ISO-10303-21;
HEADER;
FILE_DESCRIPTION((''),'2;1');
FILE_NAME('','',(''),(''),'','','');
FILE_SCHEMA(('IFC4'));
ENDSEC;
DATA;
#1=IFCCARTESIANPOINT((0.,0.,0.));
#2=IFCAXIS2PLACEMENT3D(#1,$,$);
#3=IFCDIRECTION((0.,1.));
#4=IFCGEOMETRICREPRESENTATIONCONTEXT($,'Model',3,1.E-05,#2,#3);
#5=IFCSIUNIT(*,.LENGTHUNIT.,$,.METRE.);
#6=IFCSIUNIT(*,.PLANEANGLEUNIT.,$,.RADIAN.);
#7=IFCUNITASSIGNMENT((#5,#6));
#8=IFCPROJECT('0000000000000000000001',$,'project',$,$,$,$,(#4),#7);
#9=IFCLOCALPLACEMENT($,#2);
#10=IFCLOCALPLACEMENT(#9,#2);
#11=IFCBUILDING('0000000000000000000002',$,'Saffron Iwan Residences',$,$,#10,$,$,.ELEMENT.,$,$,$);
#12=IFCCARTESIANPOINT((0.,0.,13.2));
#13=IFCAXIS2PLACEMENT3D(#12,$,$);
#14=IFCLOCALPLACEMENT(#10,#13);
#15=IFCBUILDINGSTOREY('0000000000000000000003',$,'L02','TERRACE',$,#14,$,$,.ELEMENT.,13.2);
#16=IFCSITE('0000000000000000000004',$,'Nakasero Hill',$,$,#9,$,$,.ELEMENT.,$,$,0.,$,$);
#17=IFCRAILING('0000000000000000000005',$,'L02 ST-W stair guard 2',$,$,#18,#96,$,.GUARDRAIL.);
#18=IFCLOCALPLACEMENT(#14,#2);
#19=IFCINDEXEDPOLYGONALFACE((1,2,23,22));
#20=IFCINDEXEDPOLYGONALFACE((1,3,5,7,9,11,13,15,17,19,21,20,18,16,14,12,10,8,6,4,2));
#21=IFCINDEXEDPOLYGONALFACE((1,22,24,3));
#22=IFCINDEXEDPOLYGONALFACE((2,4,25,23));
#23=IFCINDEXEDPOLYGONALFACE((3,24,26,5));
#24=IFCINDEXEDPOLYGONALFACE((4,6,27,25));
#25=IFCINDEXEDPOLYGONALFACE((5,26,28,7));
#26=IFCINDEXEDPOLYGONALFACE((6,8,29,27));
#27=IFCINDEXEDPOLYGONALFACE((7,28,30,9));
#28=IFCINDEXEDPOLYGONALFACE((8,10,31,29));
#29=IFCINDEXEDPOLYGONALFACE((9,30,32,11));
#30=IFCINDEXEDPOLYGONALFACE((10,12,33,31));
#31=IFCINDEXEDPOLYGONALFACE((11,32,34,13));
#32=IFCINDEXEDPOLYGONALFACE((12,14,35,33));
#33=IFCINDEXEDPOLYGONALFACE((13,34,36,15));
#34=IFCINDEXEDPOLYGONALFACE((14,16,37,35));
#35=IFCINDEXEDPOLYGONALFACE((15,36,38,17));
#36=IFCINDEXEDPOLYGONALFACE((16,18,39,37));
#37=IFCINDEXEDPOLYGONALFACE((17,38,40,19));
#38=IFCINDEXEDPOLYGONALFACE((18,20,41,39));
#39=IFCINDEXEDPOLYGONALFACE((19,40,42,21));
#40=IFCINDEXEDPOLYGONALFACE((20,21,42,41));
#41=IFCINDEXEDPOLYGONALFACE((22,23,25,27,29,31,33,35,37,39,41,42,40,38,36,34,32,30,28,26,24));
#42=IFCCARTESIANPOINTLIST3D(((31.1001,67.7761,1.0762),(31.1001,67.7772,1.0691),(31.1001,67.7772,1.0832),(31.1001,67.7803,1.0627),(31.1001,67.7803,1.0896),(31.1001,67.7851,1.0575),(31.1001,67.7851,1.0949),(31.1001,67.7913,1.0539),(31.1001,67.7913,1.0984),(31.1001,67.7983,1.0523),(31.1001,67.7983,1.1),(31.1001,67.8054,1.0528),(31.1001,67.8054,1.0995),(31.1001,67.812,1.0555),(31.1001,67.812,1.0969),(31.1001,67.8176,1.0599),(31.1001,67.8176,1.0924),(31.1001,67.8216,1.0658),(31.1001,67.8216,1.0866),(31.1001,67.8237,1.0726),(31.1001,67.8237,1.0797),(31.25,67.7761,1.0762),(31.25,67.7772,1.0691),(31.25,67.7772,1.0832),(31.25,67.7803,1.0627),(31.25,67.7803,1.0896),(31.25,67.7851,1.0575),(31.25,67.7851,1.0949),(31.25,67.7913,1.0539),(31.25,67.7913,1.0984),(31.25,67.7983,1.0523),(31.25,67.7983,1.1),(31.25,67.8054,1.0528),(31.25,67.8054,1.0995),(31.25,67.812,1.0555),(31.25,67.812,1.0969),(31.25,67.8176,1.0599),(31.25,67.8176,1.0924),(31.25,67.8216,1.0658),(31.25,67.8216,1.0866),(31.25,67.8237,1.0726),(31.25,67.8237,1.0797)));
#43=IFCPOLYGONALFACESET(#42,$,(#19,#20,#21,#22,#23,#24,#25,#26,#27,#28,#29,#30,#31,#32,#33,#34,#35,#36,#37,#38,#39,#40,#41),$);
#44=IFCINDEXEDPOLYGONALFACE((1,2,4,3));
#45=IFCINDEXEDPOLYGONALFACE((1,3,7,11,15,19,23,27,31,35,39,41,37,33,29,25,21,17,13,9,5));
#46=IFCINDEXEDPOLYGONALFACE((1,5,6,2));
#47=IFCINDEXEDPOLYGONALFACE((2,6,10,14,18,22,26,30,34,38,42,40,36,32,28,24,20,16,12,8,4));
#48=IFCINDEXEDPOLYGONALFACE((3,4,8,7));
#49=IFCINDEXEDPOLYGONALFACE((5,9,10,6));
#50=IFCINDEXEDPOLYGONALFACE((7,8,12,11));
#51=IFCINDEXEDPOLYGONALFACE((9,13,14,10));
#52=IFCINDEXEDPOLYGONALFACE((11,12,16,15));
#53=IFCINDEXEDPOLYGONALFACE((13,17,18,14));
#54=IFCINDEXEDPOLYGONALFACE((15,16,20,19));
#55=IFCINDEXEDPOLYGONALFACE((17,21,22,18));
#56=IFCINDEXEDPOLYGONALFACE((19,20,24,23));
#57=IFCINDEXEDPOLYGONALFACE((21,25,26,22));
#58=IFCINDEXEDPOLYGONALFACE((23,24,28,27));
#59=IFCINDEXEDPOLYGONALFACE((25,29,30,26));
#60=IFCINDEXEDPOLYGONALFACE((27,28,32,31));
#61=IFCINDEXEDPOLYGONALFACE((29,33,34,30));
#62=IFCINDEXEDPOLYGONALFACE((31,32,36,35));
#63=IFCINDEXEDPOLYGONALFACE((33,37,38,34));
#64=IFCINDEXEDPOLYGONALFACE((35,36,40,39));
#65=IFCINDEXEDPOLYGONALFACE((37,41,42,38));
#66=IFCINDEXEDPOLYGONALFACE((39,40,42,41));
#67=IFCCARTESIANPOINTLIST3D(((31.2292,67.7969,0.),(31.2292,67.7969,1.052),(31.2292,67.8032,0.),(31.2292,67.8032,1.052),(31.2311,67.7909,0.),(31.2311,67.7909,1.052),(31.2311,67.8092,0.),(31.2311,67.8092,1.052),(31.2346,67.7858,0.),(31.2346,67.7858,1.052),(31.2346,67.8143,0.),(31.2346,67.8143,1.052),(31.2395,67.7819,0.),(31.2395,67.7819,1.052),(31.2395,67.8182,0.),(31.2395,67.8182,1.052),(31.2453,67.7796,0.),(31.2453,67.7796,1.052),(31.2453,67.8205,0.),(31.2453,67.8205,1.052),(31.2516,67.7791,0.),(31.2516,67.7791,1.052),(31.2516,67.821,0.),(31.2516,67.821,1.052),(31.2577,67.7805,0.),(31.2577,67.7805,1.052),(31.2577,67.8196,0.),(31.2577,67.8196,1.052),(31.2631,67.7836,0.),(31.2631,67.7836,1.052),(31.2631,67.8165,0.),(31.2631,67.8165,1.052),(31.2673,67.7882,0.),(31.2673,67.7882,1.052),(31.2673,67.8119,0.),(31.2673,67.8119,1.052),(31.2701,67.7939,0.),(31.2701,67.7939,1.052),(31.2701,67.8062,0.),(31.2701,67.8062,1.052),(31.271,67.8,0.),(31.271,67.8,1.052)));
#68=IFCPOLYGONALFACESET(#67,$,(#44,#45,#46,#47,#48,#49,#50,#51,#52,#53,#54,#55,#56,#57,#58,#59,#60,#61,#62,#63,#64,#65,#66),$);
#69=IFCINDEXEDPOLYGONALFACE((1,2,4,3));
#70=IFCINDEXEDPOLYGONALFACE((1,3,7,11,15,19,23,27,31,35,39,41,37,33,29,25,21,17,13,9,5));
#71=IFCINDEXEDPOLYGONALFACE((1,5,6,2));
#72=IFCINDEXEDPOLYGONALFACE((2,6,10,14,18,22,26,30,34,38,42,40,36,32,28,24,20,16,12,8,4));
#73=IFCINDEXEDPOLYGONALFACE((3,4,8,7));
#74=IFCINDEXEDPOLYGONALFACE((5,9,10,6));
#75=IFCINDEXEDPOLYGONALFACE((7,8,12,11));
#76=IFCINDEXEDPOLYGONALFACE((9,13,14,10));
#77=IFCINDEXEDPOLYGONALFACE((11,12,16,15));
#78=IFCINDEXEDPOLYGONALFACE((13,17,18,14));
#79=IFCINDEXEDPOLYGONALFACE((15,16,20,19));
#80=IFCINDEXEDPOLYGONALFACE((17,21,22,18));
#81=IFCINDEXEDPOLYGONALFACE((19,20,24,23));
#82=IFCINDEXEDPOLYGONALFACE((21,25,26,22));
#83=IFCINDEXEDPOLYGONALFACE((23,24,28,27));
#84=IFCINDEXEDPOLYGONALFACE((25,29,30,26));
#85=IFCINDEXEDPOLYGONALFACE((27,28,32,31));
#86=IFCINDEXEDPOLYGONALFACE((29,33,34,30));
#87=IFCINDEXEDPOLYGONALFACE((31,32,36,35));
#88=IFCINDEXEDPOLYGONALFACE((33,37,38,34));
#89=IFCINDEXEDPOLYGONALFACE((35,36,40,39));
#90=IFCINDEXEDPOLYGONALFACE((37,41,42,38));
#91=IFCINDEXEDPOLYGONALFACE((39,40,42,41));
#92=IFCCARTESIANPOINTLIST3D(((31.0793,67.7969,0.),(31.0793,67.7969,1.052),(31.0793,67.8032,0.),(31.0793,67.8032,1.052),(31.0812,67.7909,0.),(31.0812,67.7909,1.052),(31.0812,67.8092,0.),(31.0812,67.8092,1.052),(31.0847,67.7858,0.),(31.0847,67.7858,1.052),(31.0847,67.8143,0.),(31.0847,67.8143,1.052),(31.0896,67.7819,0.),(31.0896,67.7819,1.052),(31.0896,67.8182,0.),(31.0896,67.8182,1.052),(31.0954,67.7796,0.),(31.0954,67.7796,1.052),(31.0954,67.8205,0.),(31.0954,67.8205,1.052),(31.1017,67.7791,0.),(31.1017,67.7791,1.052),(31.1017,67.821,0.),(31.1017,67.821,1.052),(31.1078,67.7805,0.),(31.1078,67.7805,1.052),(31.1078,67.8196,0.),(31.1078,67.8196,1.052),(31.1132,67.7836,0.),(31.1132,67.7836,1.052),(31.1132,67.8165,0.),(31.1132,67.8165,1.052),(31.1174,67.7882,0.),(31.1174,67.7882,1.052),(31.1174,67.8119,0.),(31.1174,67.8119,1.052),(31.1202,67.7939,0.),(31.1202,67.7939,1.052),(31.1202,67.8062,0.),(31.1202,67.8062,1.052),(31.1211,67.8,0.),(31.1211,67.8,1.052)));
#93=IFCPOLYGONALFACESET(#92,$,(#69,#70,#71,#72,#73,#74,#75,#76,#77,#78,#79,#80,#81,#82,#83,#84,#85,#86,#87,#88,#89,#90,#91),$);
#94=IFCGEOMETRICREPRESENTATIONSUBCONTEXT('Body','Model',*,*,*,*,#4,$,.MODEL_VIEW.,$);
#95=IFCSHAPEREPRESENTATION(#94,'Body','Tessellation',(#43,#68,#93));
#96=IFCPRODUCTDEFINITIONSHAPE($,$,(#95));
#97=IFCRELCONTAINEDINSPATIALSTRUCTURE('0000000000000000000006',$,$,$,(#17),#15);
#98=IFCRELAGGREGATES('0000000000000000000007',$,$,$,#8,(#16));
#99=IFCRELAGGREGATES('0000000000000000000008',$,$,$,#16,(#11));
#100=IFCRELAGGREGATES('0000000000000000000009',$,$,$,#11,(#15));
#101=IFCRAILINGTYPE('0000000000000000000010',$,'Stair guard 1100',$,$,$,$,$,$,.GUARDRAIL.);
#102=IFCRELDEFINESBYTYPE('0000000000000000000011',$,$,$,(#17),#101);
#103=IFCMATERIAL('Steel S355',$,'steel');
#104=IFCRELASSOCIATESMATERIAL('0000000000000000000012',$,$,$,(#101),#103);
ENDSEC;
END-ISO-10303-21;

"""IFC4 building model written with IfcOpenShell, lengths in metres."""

from ifc_helpers import new_model, si_unit, direction, frame, origin, origin_2d, place, context, subcontext, project, spatial, circle, extrude, material, type_object, element, save


model = new_model("IFC4")

# Units and contexts
model_context = context("Model", 3, precision=1e-05, world=origin(), true_north=direction((0.0, 1.0)))
body_context = subcontext(model_context, "Body", "Model", "MODEL_VIEW")
ifc_project = project(units=[si_unit("LENGTHUNIT", "METRE"), si_unit("PLANEANGLEUNIT", "RADIAN")], contexts=[model_context])

# Site, building, storey
site_placement = place(None, origin())
site = spatial("IfcSite", under=ifc_project, at=site_placement, Name="Nakasero Hill", CompositionType="ELEMENT", RefElevation=0.0)
building_placement = place(site_placement, origin())
building = spatial("IfcBuilding", under=site, at=building_placement, Name="Saffron Iwan Residences", CompositionType="ELEMENT")
storey_placement = place(building_placement, frame((0.0, 0.0, 13.2)))
storey = spatial("IfcBuildingStorey", under=building, at=storey_placement, Name="L02", Description="TERRACE", CompositionType="ELEMENT", Elevation=13.2)

# Railing
ifc_material_1 = material(Name="Steel S355", Category="steel")
railing_type_1 = type_object("IfcRailingType", Name="Stair guard 1100", PredefinedType="GUARDRAIL", material=ifc_material_1)
railing_1_placement = place(storey_placement, frame((31.25, 67.8, 0.0)))
element("IfcRailing", 1, at=railing_1_placement, inside=storey, type_object=railing_type_1, Name="L02 ST-W stair guard 2", PredefinedType="GUARDRAIL", context=body_context, shape_type="SweptSolid", body=[
    extrude(circle(Radius=0.0239, at=origin_2d()), frame((0.0, 0.0, 1.0762), z_axis=(-1.0, 0.0, 0.0), x_axis=(0.0, -1.0, 0.0)), (0.0, 0.0, 1.0), 0.1499),
    extrude(circle(Radius=0.021, at=origin_2d()), origin(), (0.0, 0.0, 1.0), 1.052),
    extrude(circle(Radius=0.021, at=origin_2d()), frame((-0.1499, 0.0, 0.0)), (0.0, 0.0, 1.0), 1.052),
])

save(model, "model.ifc")
